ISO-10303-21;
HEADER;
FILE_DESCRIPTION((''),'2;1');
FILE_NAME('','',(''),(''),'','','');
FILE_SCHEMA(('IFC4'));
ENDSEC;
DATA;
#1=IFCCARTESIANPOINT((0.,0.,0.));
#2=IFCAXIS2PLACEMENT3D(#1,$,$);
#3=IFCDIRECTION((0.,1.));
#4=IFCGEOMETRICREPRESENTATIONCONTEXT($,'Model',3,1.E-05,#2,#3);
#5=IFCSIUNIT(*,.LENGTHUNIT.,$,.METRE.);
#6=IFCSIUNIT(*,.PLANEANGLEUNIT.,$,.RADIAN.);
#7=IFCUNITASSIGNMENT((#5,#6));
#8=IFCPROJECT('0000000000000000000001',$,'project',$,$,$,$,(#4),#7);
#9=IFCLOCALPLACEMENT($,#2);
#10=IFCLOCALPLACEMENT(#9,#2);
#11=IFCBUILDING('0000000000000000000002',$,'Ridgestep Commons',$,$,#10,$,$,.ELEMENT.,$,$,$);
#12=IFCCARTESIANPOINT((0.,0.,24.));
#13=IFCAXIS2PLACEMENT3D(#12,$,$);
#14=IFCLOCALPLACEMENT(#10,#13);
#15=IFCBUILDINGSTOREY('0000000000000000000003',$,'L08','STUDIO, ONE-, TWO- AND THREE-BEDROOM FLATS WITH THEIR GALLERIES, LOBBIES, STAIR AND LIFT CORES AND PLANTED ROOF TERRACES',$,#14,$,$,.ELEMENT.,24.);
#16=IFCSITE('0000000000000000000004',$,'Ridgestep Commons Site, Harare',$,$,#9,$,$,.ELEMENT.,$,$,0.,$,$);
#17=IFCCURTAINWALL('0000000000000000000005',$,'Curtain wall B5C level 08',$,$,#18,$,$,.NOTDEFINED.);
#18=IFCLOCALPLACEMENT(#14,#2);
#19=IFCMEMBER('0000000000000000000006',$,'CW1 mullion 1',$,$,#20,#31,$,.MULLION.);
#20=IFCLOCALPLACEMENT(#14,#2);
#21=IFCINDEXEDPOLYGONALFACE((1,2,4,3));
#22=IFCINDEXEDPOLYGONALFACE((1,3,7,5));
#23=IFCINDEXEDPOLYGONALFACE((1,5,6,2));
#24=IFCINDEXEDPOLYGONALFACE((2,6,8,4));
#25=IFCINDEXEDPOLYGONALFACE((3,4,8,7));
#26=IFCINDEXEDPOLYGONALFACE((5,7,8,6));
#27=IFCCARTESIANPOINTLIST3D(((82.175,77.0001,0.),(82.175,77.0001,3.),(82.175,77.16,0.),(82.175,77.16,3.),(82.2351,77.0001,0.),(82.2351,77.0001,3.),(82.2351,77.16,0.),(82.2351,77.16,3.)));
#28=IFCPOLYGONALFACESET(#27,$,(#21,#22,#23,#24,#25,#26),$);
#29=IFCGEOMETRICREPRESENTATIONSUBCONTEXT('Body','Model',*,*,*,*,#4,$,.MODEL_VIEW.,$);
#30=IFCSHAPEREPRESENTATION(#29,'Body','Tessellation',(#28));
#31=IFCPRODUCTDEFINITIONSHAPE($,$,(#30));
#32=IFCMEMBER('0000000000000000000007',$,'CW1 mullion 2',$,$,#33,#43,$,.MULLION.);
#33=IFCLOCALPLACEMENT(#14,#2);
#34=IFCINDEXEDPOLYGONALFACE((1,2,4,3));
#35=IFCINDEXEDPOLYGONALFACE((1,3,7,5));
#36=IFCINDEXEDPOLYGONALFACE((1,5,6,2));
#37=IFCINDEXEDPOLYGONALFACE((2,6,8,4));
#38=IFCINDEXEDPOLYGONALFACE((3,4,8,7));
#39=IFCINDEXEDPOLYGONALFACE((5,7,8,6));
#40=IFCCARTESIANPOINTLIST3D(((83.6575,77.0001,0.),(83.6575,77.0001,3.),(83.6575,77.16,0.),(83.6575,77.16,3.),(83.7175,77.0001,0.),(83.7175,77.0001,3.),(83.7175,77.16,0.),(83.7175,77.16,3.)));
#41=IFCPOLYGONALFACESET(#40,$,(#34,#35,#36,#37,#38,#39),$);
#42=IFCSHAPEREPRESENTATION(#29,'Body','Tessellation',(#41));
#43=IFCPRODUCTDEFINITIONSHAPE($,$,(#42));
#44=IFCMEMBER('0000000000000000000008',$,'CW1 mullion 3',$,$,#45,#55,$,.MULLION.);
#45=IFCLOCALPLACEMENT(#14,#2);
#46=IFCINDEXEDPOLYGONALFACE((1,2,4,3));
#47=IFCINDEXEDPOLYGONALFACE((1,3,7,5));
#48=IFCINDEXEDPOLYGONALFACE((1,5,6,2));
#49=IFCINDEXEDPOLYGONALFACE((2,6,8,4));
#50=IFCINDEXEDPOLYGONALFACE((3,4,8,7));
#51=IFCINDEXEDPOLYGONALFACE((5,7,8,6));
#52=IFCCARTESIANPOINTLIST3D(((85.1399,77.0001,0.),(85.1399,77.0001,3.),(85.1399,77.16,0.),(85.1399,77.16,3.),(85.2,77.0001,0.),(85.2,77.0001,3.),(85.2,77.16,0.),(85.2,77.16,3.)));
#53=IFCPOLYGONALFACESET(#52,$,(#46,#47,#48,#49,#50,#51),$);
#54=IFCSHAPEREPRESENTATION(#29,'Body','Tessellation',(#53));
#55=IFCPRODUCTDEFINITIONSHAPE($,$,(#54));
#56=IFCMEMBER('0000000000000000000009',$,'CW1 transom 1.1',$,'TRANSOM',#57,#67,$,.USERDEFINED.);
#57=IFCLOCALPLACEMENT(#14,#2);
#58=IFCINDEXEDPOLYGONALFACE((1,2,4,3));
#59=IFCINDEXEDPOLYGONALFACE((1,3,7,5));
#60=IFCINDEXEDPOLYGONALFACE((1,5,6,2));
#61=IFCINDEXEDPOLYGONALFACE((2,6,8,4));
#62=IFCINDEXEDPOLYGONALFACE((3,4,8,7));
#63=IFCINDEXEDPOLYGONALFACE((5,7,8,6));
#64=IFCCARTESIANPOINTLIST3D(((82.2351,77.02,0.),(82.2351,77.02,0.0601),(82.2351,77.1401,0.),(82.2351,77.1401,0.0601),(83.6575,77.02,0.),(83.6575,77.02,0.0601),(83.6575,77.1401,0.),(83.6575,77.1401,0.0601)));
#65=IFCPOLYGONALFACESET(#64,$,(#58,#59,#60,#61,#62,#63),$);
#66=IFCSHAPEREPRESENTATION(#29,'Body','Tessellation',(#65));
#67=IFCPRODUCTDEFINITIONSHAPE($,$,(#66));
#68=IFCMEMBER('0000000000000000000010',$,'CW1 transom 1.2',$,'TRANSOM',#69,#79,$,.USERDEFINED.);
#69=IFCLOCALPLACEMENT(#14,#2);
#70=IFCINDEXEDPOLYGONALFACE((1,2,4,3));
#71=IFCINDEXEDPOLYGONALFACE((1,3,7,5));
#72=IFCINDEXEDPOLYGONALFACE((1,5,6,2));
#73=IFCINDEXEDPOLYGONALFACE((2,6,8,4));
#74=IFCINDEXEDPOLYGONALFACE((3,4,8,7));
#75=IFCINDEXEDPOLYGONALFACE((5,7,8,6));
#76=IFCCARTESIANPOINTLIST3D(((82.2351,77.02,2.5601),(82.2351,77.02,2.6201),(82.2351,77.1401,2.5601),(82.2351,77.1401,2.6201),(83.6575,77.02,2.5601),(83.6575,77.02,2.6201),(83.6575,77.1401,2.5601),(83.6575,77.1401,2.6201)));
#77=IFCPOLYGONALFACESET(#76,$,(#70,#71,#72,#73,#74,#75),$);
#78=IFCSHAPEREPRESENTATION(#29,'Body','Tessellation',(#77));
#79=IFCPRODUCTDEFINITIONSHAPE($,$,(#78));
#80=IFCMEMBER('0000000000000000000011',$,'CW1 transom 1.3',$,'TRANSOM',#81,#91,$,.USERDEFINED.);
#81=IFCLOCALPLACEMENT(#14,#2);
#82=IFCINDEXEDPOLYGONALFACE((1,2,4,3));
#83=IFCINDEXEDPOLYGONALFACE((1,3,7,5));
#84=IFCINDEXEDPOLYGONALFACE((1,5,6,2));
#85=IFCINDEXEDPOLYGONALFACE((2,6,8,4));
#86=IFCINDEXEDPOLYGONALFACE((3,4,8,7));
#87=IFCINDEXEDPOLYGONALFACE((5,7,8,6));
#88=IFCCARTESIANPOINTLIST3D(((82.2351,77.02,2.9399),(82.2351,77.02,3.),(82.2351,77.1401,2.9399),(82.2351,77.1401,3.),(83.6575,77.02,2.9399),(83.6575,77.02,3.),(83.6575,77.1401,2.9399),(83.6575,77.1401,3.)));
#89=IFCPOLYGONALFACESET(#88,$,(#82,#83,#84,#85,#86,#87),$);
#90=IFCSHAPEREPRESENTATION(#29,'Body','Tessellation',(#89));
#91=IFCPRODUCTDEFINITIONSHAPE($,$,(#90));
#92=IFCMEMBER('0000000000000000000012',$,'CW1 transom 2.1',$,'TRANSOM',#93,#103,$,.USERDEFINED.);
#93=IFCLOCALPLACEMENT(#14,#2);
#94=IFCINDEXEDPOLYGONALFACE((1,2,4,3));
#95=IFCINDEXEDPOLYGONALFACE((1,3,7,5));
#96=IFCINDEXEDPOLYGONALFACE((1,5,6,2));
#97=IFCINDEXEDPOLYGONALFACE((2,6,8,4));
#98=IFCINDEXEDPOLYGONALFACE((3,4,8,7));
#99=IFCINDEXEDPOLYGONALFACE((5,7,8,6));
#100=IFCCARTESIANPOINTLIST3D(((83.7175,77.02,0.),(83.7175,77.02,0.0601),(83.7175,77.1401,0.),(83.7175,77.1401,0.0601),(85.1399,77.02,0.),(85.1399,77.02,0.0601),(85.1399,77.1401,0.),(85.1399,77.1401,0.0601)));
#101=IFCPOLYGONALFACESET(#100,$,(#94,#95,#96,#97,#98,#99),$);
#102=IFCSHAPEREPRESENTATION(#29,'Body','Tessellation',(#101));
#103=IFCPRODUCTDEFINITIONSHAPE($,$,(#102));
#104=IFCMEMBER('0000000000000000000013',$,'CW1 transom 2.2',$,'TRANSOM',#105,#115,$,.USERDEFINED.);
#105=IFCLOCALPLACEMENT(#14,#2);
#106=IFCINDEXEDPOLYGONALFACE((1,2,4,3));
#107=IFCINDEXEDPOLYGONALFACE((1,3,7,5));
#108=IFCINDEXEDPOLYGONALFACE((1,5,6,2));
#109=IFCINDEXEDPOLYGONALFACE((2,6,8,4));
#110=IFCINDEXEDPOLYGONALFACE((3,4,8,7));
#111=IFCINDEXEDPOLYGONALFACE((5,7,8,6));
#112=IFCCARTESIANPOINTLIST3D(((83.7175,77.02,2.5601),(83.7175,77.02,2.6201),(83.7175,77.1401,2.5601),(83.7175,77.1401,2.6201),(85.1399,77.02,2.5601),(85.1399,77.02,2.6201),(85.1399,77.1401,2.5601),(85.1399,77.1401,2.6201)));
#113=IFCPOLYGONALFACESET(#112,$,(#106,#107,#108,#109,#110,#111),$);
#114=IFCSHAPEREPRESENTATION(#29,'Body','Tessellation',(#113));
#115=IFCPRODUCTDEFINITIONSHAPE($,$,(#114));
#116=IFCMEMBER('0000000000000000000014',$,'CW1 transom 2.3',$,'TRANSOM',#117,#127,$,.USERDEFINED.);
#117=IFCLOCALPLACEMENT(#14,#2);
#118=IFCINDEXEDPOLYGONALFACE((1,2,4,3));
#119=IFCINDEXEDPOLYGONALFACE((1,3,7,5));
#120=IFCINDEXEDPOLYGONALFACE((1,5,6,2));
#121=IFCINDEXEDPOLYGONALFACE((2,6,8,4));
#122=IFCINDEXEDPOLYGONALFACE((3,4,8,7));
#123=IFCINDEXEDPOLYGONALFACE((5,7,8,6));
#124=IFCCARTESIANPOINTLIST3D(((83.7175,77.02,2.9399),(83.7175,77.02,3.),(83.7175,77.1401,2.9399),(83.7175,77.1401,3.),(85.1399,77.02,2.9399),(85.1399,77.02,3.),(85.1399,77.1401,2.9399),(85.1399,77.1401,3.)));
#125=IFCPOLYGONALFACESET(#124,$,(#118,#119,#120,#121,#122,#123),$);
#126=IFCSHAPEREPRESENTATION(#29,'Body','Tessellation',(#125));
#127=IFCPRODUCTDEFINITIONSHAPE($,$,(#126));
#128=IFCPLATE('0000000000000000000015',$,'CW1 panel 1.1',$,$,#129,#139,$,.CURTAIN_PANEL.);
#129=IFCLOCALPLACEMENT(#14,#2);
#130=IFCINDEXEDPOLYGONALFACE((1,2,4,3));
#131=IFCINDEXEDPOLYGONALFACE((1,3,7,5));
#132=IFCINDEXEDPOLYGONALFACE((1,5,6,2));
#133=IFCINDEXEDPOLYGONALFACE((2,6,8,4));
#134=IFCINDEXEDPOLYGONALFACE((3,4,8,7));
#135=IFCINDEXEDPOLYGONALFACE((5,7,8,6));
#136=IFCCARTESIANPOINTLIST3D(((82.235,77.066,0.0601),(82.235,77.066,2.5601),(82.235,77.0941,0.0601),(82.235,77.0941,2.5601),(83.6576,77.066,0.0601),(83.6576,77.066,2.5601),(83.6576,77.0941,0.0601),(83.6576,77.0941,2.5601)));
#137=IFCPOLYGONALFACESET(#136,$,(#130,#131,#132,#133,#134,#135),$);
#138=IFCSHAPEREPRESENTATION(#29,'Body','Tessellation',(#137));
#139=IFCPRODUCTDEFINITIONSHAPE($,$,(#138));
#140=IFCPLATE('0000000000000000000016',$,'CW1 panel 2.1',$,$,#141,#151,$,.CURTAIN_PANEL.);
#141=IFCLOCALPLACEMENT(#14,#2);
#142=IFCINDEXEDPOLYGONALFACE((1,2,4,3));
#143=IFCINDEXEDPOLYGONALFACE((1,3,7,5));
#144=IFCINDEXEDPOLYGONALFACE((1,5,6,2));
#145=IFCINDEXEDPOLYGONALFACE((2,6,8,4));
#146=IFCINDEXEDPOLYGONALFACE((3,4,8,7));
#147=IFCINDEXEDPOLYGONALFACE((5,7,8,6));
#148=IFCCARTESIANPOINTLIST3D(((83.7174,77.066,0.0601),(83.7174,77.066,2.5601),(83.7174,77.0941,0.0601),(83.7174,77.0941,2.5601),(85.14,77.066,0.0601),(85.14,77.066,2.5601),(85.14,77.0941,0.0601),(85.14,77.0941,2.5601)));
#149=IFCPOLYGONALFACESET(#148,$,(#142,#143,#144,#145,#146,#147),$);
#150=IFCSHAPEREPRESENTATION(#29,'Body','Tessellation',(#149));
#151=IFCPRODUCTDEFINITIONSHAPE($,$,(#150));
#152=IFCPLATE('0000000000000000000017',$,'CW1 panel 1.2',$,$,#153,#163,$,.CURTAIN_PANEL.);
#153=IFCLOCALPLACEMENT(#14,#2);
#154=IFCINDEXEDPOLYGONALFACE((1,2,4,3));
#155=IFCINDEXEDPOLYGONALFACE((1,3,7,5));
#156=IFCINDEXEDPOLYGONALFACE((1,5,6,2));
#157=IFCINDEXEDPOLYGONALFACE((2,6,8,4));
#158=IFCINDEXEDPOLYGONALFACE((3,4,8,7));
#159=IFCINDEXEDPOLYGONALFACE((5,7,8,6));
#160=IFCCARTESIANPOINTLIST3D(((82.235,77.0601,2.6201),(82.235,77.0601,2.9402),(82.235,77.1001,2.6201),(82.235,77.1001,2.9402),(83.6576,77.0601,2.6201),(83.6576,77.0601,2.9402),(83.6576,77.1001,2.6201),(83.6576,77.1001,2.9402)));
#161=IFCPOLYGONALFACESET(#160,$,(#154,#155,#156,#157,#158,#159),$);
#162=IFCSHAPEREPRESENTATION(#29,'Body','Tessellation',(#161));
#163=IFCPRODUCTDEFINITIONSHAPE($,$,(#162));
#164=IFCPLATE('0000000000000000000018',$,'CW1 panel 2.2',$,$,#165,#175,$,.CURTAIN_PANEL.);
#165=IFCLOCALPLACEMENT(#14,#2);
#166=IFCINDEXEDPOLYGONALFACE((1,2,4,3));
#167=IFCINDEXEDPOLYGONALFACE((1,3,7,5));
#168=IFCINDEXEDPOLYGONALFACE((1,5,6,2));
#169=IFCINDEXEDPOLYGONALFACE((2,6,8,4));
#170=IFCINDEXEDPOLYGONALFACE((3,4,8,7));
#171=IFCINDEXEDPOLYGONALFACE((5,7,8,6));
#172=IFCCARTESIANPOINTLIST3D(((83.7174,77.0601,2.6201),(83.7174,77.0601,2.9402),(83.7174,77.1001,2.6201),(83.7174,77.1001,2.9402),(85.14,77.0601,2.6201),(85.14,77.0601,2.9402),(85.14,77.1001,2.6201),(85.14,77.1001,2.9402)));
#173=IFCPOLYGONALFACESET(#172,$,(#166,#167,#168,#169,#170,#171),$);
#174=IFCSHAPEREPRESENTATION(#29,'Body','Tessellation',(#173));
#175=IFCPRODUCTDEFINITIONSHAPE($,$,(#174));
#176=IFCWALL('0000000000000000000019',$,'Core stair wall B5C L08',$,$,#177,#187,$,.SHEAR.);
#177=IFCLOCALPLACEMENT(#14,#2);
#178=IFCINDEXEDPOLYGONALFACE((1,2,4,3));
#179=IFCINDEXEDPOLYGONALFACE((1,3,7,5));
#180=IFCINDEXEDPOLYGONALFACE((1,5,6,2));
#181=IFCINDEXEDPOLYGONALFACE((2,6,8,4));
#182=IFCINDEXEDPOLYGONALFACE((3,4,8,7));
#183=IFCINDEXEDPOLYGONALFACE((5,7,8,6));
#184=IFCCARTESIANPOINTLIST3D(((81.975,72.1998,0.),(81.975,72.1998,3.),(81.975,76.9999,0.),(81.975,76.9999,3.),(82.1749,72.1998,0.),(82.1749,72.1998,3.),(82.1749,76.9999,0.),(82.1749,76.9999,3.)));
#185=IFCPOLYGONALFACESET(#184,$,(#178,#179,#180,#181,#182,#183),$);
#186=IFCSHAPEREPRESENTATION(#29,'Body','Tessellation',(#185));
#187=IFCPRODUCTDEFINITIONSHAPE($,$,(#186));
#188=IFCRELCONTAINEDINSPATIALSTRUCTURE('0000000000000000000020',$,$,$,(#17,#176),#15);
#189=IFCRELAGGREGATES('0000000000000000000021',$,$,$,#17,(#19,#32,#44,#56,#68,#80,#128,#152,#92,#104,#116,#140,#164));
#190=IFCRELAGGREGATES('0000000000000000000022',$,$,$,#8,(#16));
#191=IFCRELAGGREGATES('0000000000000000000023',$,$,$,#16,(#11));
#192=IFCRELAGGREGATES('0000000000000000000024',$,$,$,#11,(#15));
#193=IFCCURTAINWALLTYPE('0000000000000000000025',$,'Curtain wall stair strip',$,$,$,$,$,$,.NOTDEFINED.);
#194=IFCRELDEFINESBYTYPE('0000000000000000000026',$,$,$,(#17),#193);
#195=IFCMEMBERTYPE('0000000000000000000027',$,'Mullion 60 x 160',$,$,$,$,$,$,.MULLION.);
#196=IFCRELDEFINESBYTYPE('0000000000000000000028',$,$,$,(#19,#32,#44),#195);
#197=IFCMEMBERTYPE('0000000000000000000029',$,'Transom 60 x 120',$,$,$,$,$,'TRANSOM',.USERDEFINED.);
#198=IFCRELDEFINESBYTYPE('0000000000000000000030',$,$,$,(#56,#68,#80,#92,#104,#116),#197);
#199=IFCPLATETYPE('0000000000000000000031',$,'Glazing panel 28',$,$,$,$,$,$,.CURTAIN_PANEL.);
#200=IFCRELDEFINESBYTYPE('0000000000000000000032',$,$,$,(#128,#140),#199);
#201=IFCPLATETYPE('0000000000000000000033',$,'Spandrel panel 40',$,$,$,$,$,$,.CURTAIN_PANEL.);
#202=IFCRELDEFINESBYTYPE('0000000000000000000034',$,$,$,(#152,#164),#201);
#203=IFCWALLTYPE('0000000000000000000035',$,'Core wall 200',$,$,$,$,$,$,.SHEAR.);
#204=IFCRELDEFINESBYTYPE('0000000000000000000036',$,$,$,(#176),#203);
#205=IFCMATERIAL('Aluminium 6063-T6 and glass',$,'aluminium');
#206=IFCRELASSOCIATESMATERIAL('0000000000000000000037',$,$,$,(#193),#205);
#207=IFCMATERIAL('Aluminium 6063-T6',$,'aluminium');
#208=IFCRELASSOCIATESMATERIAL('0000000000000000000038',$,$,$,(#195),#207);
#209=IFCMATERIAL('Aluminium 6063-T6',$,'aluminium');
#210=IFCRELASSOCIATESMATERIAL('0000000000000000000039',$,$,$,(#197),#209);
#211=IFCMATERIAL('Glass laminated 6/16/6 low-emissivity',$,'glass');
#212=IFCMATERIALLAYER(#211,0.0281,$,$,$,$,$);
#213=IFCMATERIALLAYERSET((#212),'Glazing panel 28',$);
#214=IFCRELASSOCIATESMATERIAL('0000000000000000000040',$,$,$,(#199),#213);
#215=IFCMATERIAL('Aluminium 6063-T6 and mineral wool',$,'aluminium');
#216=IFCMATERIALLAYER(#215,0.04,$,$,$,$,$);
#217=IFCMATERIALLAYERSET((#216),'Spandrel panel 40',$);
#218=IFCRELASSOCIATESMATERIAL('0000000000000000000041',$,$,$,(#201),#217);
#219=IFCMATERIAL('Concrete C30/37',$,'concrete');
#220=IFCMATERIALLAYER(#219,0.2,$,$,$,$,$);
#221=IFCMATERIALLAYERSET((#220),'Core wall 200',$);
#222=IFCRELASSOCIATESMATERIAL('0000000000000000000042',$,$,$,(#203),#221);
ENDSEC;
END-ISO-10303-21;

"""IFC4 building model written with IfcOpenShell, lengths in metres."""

from ifc_helpers import new_model, si_unit, direction, frame, frame_2d, origin, origin_2d, place, context, subcontext, project, spatial, rectangle, extrude, material, layer, layer_set, material_profile, profile_set, type_object, element, aggregate, save


model = new_model("IFC4")

# Units and contexts
model_context = context("Model", 3, precision=1e-05, world=origin(), true_north=direction((0.0, 1.0)))
body_context = subcontext(model_context, "Body", "Model", "MODEL_VIEW")
ifc_project = project(units=[si_unit("LENGTHUNIT", "METRE"), si_unit("PLANEANGLEUNIT", "RADIAN")], contexts=[model_context])

# Site, building, storey
site_placement = place(None, origin())
site = spatial("IfcSite", under=ifc_project, at=site_placement, Name="Ridgestep Commons Site, Harare", CompositionType="ELEMENT", RefElevation=0.0)
building_placement = place(site_placement, origin())
building = spatial("IfcBuilding", under=site, at=building_placement, Name="Ridgestep Commons", CompositionType="ELEMENT")
storey_placement = place(building_placement, frame((0.0, 0.0, 24.0)))
storey = spatial("IfcBuildingStorey", under=building, at=storey_placement, Name="L08", Description="STUDIO, ONE-, TWO- AND THREE-BEDROOM FLATS WITH THEIR GALLERIES, LOBBIES, STAIR AND LIFT CORES AND PLANTED ROOF TERRACES", CompositionType="ELEMENT", Elevation=24.0)

# Curtain wall, members, plates
ifc_material_1 = material(Name="Aluminium 6063-T6 and glass", Category="aluminium")
curtain_wall_type = type_object("IfcCurtainWallType", Name="Curtain wall stair strip", PredefinedType="NOTDEFINED", material=ifc_material_1)
curtain_wall_placement = place(storey_placement, origin())
curtain_wall = element("IfcCurtainWall", 1, at=curtain_wall_placement, inside=storey, type_object=curtain_wall_type, Name="Curtain wall B5C level 08", PredefinedType="NOTDEFINED")
ifc_material_2 = material(Name="Aluminium 6063-T6", Category="aluminium")
ifc_material_profile_1 = material_profile(ifc_material_2, rectangle(XDim=0.1599, YDim=0.0601, at=origin_2d()), Name="Mullion 60 x 160")
ifc_profile_set_1 = profile_set([ifc_material_profile_1], Name="Aluminium 6063-T6")
member_type_1 = type_object("IfcMemberType", Name="Mullion 60 x 160", PredefinedType="MULLION", material=ifc_profile_set_1)
member_1_placement = place(storey_placement, frame((82.2051, 77.0801, 0.0), z_axis=(0.0, 0.0, 1.0), x_axis=(0.0, 1.0, 0.0)))
member_1 = element("IfcMember", 2, at=member_1_placement, type_object=member_type_1, Name="CW1 mullion 1", PredefinedType="MULLION", context=body_context, shape_type="SweptSolid", body=[
    extrude(rectangle(XDim=0.1599, YDim=0.0601, at=origin_2d()), origin(), (0.0, 0.0, 1.0), 3.0),
])
member_2_placement = place(storey_placement, frame((83.6875, 77.0801, 0.0), z_axis=(0.0, 0.0, 1.0), x_axis=(0.0, 1.0, 0.0)))
member_2 = element("IfcMember", 3, at=member_2_placement, type_object=member_type_1, Name="CW1 mullion 2", PredefinedType="MULLION", context=body_context, shape_type="SweptSolid", body=[
    extrude(rectangle(XDim=0.1599, YDim=0.0601, at=origin_2d()), origin(), (0.0, 0.0, 1.0), 3.0),
])
member_3_placement = place(storey_placement, frame((85.1699, 77.0801, 0.0), z_axis=(0.0, 0.0, 1.0), x_axis=(0.0, 1.0, 0.0)))
member_3 = element("IfcMember", 4, at=member_3_placement, type_object=member_type_1, Name="CW1 mullion 3", PredefinedType="MULLION", context=body_context, shape_type="SweptSolid", body=[
    extrude(rectangle(XDim=0.1599, YDim=0.0601, at=origin_2d()), origin(), (0.0, 0.0, 1.0), 3.0),
])
ifc_material_3 = material(Name="Aluminium 6063-T6", Category="aluminium")
ifc_material_profile_2 = material_profile(ifc_material_3, rectangle(XDim=0.1201, YDim=0.0601, at=origin_2d()), Name="Transom 60 x 120")
ifc_profile_set_2 = profile_set([ifc_material_profile_2], Name="Aluminium 6063-T6")
member_type_2 = type_object("IfcMemberType", Name="Transom 60 x 120", ElementType="TRANSOM", PredefinedType="USERDEFINED", material=ifc_profile_set_2)
member_4_placement = place(storey_placement, frame((82.2351, 77.0801, 0.03), z_axis=(1.0, 0.0, 0.0), x_axis=(0.0, 1.0, 0.0)))
member_4 = element("IfcMember", 5, at=member_4_placement, type_object=member_type_2, Name="CW1 transom 1.1", ObjectType="TRANSOM", PredefinedType="USERDEFINED", context=body_context, shape_type="SweptSolid", body=[
    extrude(rectangle(XDim=0.1201, YDim=0.0601, at=origin_2d()), origin(), (0.0, 0.0, 1.0), 1.4224),
])
member_5_placement = place(storey_placement, frame((82.2351, 77.0801, 2.5901), z_axis=(1.0, 0.0, 0.0), x_axis=(0.0, 1.0, 0.0)))
member_5 = element("IfcMember", 6, at=member_5_placement, type_object=member_type_2, Name="CW1 transom 1.2", ObjectType="TRANSOM", PredefinedType="USERDEFINED", context=body_context, shape_type="SweptSolid", body=[
    extrude(rectangle(XDim=0.1201, YDim=0.0601, at=origin_2d()), origin(), (0.0, 0.0, 1.0), 1.4224),
])
member_6_placement = place(storey_placement, frame((82.2351, 77.0801, 2.97), z_axis=(1.0, 0.0, 0.0), x_axis=(0.0, 1.0, 0.0)))
member_6 = element("IfcMember", 7, at=member_6_placement, type_object=member_type_2, Name="CW1 transom 1.3", ObjectType="TRANSOM", PredefinedType="USERDEFINED", context=body_context, shape_type="SweptSolid", body=[
    extrude(rectangle(XDim=0.1201, YDim=0.0601, at=origin_2d()), origin(), (0.0, 0.0, 1.0), 1.4224),
])
member_7_placement = place(storey_placement, frame((83.7175, 77.0801, 0.03), z_axis=(1.0, 0.0, 0.0), x_axis=(0.0, 1.0, 0.0)))
member_7 = element("IfcMember", 8, at=member_7_placement, type_object=member_type_2, Name="CW1 transom 2.1", ObjectType="TRANSOM", PredefinedType="USERDEFINED", context=body_context, shape_type="SweptSolid", body=[
    extrude(rectangle(XDim=0.1201, YDim=0.0601, at=origin_2d()), origin(), (0.0, 0.0, 1.0), 1.4224),
])
member_8_placement = place(storey_placement, frame((83.7175, 77.0801, 2.5901), z_axis=(1.0, 0.0, 0.0), x_axis=(0.0, 1.0, 0.0)))
member_8 = element("IfcMember", 9, at=member_8_placement, type_object=member_type_2, Name="CW1 transom 2.2", ObjectType="TRANSOM", PredefinedType="USERDEFINED", context=body_context, shape_type="SweptSolid", body=[
    extrude(rectangle(XDim=0.1201, YDim=0.0601, at=origin_2d()), origin(), (0.0, 0.0, 1.0), 1.4224),
])
member_9_placement = place(storey_placement, frame((83.7175, 77.0801, 2.97), z_axis=(1.0, 0.0, 0.0), x_axis=(0.0, 1.0, 0.0)))
member_9 = element("IfcMember", 10, at=member_9_placement, type_object=member_type_2, Name="CW1 transom 2.3", ObjectType="TRANSOM", PredefinedType="USERDEFINED", context=body_context, shape_type="SweptSolid", body=[
    extrude(rectangle(XDim=0.1201, YDim=0.0601, at=origin_2d()), origin(), (0.0, 0.0, 1.0), 1.4224),
])
ifc_material_4 = material(Name="Glass laminated 6/16/6 low-emissivity", Category="glass")
ifc_layer_1 = layer(ifc_material_4, 0.0281)
ifc_layer_set_1 = layer_set([ifc_layer_1], Name="Glazing panel 28")
plate_type_1 = type_object("IfcPlateType", Name="Glazing panel 28", PredefinedType="CURTAIN_PANEL", material=ifc_layer_set_1)
plate_1_placement = place(storey_placement, frame((82.9463, 77.0801, 0.0601), z_axis=(0.0, 0.0, 1.0), x_axis=(1.0, 0.0, 0.0)))
plate_1 = element("IfcPlate", 11, at=plate_1_placement, type_object=plate_type_1, Name="CW1 panel 1.1", PredefinedType="CURTAIN_PANEL", context=body_context, shape_type="SweptSolid", body=[
    extrude(rectangle(XDim=1.4226, YDim=0.0281, at=origin_2d()), origin(), (0.0, 0.0, 1.0), 2.5),
])
plate_2_placement = place(storey_placement, frame((84.4287, 77.0801, 0.0601), z_axis=(0.0, 0.0, 1.0), x_axis=(1.0, 0.0, 0.0)))
plate_2 = element("IfcPlate", 12, at=plate_2_placement, type_object=plate_type_1, Name="CW1 panel 2.1", PredefinedType="CURTAIN_PANEL", context=body_context, shape_type="SweptSolid", body=[
    extrude(rectangle(XDim=1.4226, YDim=0.0281, at=origin_2d()), origin(), (0.0, 0.0, 1.0), 2.5),
])
ifc_material_5 = material(Name="Aluminium 6063-T6 and mineral wool", Category="aluminium")
ifc_layer_2 = layer(ifc_material_5, 0.04)
ifc_layer_set_2 = layer_set([ifc_layer_2], Name="Spandrel panel 40")
plate_type_2 = type_object("IfcPlateType", Name="Spandrel panel 40", PredefinedType="CURTAIN_PANEL", material=ifc_layer_set_2)
plate_3_placement = place(storey_placement, frame((82.9463, 77.0801, 2.6201), z_axis=(0.0, 0.0, 1.0), x_axis=(1.0, 0.0, 0.0)))
plate_3 = element("IfcPlate", 13, at=plate_3_placement, type_object=plate_type_2, Name="CW1 panel 1.2", PredefinedType="CURTAIN_PANEL", context=body_context, shape_type="SweptSolid", body=[
    extrude(rectangle(XDim=1.4226, YDim=0.04, at=origin_2d()), origin(), (0.0, 0.0, 1.0), 0.3201),
])
plate_4_placement = place(storey_placement, frame((84.4287, 77.0801, 2.6201), z_axis=(0.0, 0.0, 1.0), x_axis=(1.0, 0.0, 0.0)))
plate_4 = element("IfcPlate", 14, at=plate_4_placement, type_object=plate_type_2, Name="CW1 panel 2.2", PredefinedType="CURTAIN_PANEL", context=body_context, shape_type="SweptSolid", body=[
    extrude(rectangle(XDim=1.4226, YDim=0.04, at=origin_2d()), origin(), (0.0, 0.0, 1.0), 0.3201),
])
aggregate(curtain_wall, [member_1, member_2, member_3, member_4, member_5, member_6, plate_1, plate_3, member_7, member_8, member_9, plate_2, plate_4])

# Wall
ifc_material_6 = material(Name="Concrete C30/37", Category="concrete")
ifc_layer_3 = layer(ifc_material_6, 0.2)
ifc_layer_set_3 = layer_set([ifc_layer_3], Name="Core wall 200")
wall_type_1 = type_object("IfcWallType", Name="Core wall 200", PredefinedType="SHEAR", material=ifc_layer_set_3)
wall_1_placement = place(storey_placement, frame((82.075, 72.2, 0.0), z_axis=(0.0, 0.0, 1.0), x_axis=(0.0, 1.0, 0.0)))
element("IfcWall", 15, at=wall_1_placement, inside=storey, type_object=wall_type_1, Name="Core stair wall B5C L08", PredefinedType="SHEAR", context=body_context, shape_type="SweptSolid", body=[
    extrude(rectangle(XDim=4.8, YDim=0.2, at=frame_2d((2.3999, 0.0))), origin(), (0.0, 0.0, 1.0), 3.0),
])

save(model, "model.ifc")
